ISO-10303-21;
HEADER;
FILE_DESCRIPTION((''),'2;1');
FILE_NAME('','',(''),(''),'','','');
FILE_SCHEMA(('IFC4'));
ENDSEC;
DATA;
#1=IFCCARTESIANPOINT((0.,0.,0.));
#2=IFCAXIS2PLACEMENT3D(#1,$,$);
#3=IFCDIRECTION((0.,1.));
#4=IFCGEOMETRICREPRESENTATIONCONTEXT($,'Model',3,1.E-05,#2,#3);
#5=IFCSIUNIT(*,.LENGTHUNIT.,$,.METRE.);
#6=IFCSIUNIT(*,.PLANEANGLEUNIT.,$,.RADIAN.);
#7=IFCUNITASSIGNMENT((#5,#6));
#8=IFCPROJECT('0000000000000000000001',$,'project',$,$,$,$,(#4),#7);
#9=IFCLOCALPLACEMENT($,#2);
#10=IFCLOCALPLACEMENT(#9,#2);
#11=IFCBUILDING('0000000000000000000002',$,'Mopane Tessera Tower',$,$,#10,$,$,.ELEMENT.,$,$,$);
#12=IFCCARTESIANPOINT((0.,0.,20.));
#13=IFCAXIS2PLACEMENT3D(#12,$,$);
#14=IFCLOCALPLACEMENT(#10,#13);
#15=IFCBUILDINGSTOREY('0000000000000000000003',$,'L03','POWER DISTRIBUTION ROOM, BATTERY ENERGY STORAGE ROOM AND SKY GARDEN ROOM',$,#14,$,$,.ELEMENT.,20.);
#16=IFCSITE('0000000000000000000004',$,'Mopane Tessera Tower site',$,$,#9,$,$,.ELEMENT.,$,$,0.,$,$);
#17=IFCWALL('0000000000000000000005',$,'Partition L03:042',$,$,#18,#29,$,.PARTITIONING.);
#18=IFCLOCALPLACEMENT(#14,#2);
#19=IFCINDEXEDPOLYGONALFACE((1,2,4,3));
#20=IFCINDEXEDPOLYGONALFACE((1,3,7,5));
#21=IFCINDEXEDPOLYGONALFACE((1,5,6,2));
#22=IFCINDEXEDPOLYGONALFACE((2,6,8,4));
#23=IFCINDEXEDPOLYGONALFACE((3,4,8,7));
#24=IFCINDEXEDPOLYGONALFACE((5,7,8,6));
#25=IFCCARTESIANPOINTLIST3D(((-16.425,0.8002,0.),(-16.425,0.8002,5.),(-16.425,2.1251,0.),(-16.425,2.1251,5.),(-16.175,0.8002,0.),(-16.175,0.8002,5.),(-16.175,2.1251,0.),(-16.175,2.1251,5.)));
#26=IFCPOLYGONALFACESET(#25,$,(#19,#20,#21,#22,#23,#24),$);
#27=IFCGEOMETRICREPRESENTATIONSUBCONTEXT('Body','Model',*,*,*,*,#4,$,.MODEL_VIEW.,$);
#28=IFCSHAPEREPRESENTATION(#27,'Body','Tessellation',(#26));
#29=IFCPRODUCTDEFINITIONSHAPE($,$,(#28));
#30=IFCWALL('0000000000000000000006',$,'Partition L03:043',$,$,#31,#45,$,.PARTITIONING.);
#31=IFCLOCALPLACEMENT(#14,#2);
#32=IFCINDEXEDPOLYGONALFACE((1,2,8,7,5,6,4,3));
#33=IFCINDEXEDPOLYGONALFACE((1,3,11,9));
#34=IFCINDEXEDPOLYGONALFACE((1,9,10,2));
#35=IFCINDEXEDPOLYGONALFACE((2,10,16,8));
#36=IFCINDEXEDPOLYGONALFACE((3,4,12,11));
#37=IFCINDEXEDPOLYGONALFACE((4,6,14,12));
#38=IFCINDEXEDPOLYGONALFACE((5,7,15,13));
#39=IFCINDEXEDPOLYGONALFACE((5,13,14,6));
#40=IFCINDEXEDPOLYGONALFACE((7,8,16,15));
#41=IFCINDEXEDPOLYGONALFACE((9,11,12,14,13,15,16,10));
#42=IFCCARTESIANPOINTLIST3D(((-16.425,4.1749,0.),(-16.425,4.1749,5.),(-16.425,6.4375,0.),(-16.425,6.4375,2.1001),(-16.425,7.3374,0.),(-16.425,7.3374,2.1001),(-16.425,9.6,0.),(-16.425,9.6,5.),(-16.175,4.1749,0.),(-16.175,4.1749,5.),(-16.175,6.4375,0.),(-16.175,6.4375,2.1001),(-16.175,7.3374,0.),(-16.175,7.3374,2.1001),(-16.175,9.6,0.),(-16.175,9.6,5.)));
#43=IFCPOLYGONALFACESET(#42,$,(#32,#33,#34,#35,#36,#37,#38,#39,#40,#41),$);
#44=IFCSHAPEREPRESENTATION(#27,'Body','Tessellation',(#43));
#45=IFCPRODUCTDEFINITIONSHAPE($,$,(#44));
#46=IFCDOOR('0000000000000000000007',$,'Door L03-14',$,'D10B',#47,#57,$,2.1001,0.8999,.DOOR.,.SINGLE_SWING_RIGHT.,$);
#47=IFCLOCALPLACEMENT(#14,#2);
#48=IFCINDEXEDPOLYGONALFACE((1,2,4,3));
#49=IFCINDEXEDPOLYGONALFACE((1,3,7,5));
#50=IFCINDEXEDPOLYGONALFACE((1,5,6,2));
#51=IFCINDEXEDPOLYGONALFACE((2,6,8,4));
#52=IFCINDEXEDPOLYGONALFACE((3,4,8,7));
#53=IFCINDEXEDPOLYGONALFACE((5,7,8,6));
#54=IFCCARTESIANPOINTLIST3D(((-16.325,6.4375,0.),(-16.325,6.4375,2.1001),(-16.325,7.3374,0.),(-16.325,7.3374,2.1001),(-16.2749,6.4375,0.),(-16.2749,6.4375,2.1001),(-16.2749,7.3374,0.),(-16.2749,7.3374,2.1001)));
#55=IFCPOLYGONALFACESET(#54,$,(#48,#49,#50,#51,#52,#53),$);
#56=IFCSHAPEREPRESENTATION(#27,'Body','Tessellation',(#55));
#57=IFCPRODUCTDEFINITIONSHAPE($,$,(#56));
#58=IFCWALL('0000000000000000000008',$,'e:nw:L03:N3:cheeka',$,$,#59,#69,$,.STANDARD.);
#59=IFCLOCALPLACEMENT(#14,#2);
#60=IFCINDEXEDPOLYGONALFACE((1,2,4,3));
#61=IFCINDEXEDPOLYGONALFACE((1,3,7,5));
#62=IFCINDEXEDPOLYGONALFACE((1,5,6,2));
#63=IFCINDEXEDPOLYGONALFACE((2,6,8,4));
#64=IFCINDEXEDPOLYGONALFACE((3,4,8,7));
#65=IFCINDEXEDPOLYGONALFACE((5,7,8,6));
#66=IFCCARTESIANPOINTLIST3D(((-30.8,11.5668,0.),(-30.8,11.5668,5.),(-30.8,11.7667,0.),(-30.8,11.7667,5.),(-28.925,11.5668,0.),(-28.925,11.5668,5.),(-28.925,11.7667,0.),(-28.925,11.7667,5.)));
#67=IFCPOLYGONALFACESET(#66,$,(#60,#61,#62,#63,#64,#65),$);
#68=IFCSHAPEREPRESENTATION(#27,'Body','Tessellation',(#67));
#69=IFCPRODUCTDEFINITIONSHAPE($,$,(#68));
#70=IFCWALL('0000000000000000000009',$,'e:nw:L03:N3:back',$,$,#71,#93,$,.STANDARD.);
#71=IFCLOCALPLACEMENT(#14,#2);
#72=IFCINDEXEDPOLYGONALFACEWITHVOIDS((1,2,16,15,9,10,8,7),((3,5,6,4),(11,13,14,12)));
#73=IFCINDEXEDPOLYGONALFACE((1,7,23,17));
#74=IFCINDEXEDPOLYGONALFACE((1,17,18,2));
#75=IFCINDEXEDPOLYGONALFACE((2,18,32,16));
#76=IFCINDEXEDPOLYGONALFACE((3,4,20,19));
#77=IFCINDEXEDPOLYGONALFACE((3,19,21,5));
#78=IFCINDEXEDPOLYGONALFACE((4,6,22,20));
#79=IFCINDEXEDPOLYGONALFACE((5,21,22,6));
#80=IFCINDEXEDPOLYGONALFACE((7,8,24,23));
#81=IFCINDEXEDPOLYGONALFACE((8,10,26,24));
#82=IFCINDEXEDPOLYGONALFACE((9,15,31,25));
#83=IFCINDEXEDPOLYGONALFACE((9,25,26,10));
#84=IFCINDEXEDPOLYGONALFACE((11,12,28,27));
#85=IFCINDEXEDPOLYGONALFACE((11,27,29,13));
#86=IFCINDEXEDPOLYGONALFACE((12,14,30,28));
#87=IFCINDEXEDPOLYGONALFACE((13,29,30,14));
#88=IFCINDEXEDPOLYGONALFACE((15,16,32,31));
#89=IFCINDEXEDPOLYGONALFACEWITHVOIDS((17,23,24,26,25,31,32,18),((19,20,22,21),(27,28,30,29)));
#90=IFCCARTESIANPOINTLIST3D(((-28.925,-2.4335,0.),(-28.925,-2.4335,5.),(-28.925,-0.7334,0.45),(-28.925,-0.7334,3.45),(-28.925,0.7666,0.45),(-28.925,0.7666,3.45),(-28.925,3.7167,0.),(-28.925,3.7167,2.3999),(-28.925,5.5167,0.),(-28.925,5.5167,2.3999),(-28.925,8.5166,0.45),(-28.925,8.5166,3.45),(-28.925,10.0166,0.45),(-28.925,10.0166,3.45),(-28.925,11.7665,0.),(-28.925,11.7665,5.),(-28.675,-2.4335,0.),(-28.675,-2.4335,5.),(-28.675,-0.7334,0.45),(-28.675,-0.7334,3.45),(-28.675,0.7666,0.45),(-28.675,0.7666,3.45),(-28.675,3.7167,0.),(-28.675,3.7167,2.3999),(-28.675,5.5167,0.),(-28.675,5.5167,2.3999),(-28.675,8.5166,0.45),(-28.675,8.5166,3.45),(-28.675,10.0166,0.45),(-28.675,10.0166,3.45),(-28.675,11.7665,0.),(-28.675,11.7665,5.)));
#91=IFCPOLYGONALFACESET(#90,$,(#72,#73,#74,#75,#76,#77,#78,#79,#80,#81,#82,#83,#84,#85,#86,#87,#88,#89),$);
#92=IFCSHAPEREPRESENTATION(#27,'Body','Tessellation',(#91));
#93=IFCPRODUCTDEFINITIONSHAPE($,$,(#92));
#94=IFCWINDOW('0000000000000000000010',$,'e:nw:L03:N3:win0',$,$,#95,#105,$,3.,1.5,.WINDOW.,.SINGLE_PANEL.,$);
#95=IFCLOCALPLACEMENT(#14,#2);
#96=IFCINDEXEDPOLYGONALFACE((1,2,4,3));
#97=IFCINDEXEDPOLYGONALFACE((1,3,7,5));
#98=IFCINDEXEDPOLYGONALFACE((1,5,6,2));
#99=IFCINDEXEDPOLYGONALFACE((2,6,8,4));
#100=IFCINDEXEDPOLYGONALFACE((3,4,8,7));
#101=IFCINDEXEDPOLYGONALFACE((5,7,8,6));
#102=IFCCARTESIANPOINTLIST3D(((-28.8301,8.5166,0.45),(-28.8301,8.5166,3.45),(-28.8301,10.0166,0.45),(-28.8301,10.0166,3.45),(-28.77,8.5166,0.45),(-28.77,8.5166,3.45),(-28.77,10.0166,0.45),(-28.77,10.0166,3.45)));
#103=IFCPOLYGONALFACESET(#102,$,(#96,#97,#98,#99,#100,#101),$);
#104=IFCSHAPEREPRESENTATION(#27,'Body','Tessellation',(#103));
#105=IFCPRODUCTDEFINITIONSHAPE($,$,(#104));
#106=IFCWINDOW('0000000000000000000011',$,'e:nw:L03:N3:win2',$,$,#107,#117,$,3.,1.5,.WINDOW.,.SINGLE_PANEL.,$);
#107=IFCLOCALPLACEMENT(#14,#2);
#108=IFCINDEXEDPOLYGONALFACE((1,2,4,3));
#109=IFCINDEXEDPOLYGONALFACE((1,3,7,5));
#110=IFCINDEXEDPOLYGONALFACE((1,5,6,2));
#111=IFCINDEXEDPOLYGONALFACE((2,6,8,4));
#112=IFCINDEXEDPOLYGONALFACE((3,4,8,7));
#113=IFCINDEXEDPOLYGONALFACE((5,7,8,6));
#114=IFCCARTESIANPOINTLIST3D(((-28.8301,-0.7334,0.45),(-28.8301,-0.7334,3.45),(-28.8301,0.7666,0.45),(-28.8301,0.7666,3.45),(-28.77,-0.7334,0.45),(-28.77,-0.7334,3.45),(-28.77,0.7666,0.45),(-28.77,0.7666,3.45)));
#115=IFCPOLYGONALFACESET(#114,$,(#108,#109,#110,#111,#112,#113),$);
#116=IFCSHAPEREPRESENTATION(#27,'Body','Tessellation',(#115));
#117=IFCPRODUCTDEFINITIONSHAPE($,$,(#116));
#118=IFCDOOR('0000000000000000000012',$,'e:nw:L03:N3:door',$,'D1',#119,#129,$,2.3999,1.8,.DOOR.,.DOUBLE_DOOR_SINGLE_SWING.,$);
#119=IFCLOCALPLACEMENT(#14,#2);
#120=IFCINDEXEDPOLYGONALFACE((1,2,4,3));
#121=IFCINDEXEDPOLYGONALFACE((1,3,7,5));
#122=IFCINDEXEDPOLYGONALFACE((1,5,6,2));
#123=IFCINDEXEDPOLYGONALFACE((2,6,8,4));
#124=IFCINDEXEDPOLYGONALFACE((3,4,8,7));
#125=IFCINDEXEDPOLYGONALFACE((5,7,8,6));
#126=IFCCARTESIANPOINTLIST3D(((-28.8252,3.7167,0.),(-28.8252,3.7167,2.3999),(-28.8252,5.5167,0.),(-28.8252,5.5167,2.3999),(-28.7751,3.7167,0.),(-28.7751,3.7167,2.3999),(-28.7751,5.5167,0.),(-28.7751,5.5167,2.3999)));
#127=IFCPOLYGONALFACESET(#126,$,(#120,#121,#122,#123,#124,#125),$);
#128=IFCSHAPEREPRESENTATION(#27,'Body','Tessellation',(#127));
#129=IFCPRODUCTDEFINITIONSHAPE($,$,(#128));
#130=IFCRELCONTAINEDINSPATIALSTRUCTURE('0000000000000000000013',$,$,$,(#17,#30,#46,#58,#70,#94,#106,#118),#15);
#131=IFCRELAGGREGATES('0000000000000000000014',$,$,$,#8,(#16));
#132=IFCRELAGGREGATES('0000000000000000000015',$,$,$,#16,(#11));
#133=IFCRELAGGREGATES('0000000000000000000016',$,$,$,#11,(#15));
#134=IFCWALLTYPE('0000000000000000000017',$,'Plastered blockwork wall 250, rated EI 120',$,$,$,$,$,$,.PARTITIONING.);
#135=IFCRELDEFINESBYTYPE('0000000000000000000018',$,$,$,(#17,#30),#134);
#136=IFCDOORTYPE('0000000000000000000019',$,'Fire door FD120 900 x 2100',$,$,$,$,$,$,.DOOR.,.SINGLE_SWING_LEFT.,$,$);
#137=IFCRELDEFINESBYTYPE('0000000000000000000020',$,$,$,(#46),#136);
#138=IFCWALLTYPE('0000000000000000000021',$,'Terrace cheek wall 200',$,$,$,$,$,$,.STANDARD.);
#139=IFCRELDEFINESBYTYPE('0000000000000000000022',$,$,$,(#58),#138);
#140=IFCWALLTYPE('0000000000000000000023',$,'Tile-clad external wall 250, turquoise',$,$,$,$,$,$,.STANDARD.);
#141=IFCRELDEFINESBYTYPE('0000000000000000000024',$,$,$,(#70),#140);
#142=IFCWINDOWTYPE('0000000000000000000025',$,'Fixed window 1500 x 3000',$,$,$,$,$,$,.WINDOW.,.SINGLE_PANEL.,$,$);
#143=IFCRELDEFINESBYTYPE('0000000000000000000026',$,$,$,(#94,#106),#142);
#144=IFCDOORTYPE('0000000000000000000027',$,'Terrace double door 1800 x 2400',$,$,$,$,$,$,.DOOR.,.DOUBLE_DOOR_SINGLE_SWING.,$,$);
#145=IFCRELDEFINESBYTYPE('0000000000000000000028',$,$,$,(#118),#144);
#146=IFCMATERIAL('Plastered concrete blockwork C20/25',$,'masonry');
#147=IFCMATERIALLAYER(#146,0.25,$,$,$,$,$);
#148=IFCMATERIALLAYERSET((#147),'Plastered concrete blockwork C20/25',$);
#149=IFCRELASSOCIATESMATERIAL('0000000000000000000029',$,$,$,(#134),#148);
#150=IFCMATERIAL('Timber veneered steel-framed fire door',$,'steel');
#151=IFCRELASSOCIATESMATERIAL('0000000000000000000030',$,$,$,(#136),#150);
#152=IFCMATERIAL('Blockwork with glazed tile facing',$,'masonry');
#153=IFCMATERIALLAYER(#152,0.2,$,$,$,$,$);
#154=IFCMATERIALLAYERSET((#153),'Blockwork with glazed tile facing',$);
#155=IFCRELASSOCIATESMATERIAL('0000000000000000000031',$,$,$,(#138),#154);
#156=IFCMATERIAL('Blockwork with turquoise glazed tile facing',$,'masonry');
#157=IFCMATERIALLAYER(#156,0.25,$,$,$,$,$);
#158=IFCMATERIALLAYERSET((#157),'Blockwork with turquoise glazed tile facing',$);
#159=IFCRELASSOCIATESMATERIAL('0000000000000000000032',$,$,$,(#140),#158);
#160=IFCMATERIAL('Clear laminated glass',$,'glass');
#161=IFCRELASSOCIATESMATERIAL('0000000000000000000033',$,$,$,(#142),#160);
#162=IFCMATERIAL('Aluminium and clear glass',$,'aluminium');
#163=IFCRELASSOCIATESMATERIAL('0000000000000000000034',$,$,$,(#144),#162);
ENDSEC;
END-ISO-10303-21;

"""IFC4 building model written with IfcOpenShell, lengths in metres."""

from ifc_helpers import new_model, si_unit, direction, frame, frame_2d, origin, place, context, subcontext, project, spatial, rectangle, extrude, material, layer, layer_set, type_object, element, fill, save


model = new_model("IFC4")

# Units and contexts
model_context = context("Model", 3, precision=1e-05, world=origin(), true_north=direction((0.0, 1.0)))
body_context = subcontext(model_context, "Body", "Model", "MODEL_VIEW")
ifc_project = project(units=[si_unit("LENGTHUNIT", "METRE"), si_unit("PLANEANGLEUNIT", "RADIAN")], contexts=[model_context])

# Site, building, storey
site_placement = place(None, origin())
site = spatial("IfcSite", under=ifc_project, at=site_placement, Name="Mopane Tessera Tower site", CompositionType="ELEMENT", RefElevation=0.0)
building_placement = place(site_placement, origin())
building = spatial("IfcBuilding", under=site, at=building_placement, Name="Mopane Tessera Tower", CompositionType="ELEMENT")
storey_placement = place(building_placement, frame((0.0, 0.0, 20.0)))
storey = spatial("IfcBuildingStorey", under=building, at=storey_placement, Name="L03", Description="POWER DISTRIBUTION ROOM, BATTERY ENERGY STORAGE ROOM AND SKY GARDEN ROOM", CompositionType="ELEMENT", Elevation=20.0)

# Shared definitions
ifc_material_1 = material(Name="Plastered concrete blockwork C20/25", Category="masonry")
ifc_layer_1 = layer(ifc_material_1, 0.25)
ifc_layer_set_1 = layer_set([ifc_layer_1], Name="Plastered concrete blockwork C20/25")
wall_type_1 = type_object("IfcWallType", Name="Plastered blockwork wall 250, rated EI 120", PredefinedType="PARTITIONING", material=ifc_layer_set_1)

# Wall
wall_1_placement = place(storey_placement, frame((-16.3, 0.8, 0.0), z_axis=(0.0, 0.0, 1.0), x_axis=(0.0, 1.0, 0.0)))
element("IfcWall", 1, at=wall_1_placement, inside=storey, type_object=wall_type_1, Name="Partition L03:042", PredefinedType="PARTITIONING", context=body_context, shape_type="SweptSolid", body=[
    extrude(rectangle(XDim=1.325, YDim=0.25, at=frame_2d((0.6626, 0.0))), origin(), (0.0, 0.0, 1.0), 5.0),
])

# Wall, opening, door
wall_2_placement = place(storey_placement, frame((-16.3, 4.175, 0.0), z_axis=(0.0, 0.0, 1.0), x_axis=(0.0, 1.0, 0.0)))
wall_2 = element("IfcWall", 2, at=wall_2_placement, inside=storey, type_object=wall_type_1, Name="Partition L03:043", PredefinedType="PARTITIONING", context=body_context, shape_type="SweptSolid", body=[
    extrude(rectangle(XDim=5.425, YDim=0.25, at=frame_2d((2.7124, 0.0))), origin(), (0.0, 0.0, 1.0), 5.0),
])
opening_1_placement = place(wall_2_placement, frame((2.2625, 0.0, 0.0)))
opening_1 = element("IfcOpeningElement", 3, at=opening_1_placement, cuts=wall_2, PredefinedType="OPENING", context=body_context, shape_type="SweptSolid", body=[
    extrude(rectangle(XDim=0.8999, YDim=2.1001, at=frame_2d((0.45, 1.05))), frame((0.0, 0.137, 0.0), z_axis=(0.0, -1.0, 0.0), x_axis=(1.0, 0.0, 0.0)), (0.0, 0.0, 1.0), 0.2739),
])
ifc_material_2 = material(Name="Timber veneered steel-framed fire door", Category="steel")
door_type_1 = type_object("IfcDoorType", Name="Fire door FD120 900 x 2100", OperationType="SINGLE_SWING_LEFT", PredefinedType="DOOR", material=ifc_material_2)
door_1_placement = place(opening_1_placement, origin())
door_1 = element("IfcDoor", 4, at=door_1_placement, inside=storey, type_object=door_type_1, Name="Door L03-14", ObjectType="D10B", OperationType="SINGLE_SWING_RIGHT", OverallHeight=2.1001, OverallWidth=0.8999, PredefinedType="DOOR", context=body_context, shape_type="SweptSolid", body=[
    extrude(rectangle(XDim=0.8999, YDim=2.1001, at=frame_2d((0.45, 1.05))), frame((0.0, 0.0249, 0.0), z_axis=(0.0, -1.0, 0.0), x_axis=(1.0, 0.0, 0.0)), (0.0, 0.0, 1.0), 0.05),
])
fill(opening_1, door_1)

# Wall
ifc_material_3 = material(Name="Blockwork with glazed tile facing", Category="masonry")
ifc_layer_2 = layer(ifc_material_3, 0.2)
ifc_layer_set_2 = layer_set([ifc_layer_2], Name="Blockwork with glazed tile facing")
wall_type_2 = type_object("IfcWallType", Name="Terrace cheek wall 200", PredefinedType="STANDARD", material=ifc_layer_set_2)
wall_3_placement = place(storey_placement, frame((-30.8, 11.6667, 0.0), z_axis=(0.0, 0.0, 1.0), x_axis=(1.0, 0.0, 0.0)))
element("IfcWall", 5, at=wall_3_placement, inside=storey, type_object=wall_type_2, Name="e:nw:L03:N3:cheeka", PredefinedType="STANDARD", context=body_context, shape_type="SweptSolid", body=[
    extrude(rectangle(XDim=1.875, YDim=0.2, at=frame_2d((0.9375, 0.0))), origin(), (0.0, 0.0, 1.0), 5.0),
])

# Wall, openings, windows, door
ifc_material_4 = material(Name="Blockwork with turquoise glazed tile facing", Category="masonry")
ifc_layer_3 = layer(ifc_material_4, 0.25)
ifc_layer_set_3 = layer_set([ifc_layer_3], Name="Blockwork with turquoise glazed tile facing")
wall_type_3 = type_object("IfcWallType", Name="Tile-clad external wall 250, turquoise", PredefinedType="STANDARD", material=ifc_layer_set_3)
wall_4_placement = place(storey_placement, frame((-28.8, 11.7666, 0.0), z_axis=(0.0, 0.0, 1.0), x_axis=(0.0, -1.0, 0.0)))
wall_4 = element("IfcWall", 6, at=wall_4_placement, inside=storey, type_object=wall_type_3, Name="e:nw:L03:N3:back", PredefinedType="STANDARD", context=body_context, shape_type="SweptSolid", body=[
    extrude(rectangle(XDim=14.2, YDim=0.25, at=frame_2d((7.1001, 0.0))), origin(), (0.0, 0.0, 1.0), 5.0),
])
opening_2_placement = place(wall_4_placement, frame((1.75, 0.0, 0.45)))
opening_2 = element("IfcOpeningElement", 7, at=opening_2_placement, cuts=wall_4, PredefinedType="OPENING", context=body_context, shape_type="SweptSolid", body=[
    extrude(rectangle(XDim=1.5, YDim=3.0, at=frame_2d((0.75, 1.5))), frame((0.0, 0.137, 0.0), z_axis=(0.0, -1.0, 0.0), x_axis=(1.0, 0.0, 0.0)), (0.0, 0.0, 1.0), 0.2739),
])
opening_3_placement = place(wall_4_placement, frame((6.25, 0.0, 0.0)))
opening_3 = element("IfcOpeningElement", 8, at=opening_3_placement, cuts=wall_4, PredefinedType="OPENING", context=body_context, shape_type="SweptSolid", body=[
    extrude(rectangle(XDim=1.8, YDim=2.3999, at=frame_2d((0.8999, 1.2))), frame((0.0, 0.137, 0.0), z_axis=(0.0, -1.0, 0.0), x_axis=(1.0, 0.0, 0.0)), (0.0, 0.0, 1.0), 0.2739),
])
opening_4_placement = place(wall_4_placement, frame((11.0, 0.0, 0.45)))
opening_4 = element("IfcOpeningElement", 9, at=opening_4_placement, cuts=wall_4, PredefinedType="OPENING", context=body_context, shape_type="SweptSolid", body=[
    extrude(rectangle(XDim=1.5, YDim=3.0, at=frame_2d((0.75, 1.5))), frame((0.0, 0.137, 0.0), z_axis=(0.0, -1.0, 0.0), x_axis=(1.0, 0.0, 0.0)), (0.0, 0.0, 1.0), 0.2739),
])
ifc_material_5 = material(Name="Clear laminated glass", Category="glass")
window_type = type_object("IfcWindowType", Name="Fixed window 1500 x 3000", PartitioningType="SINGLE_PANEL", PredefinedType="WINDOW", material=ifc_material_5)
window_1_placement = place(opening_2_placement, origin())
window_1 = element("IfcWindow", 10, at=window_1_placement, inside=storey, type_object=window_type, Name="e:nw:L03:N3:win0", OverallHeight=3.0, OverallWidth=1.5, PartitioningType="SINGLE_PANEL", PredefinedType="WINDOW", context=body_context, shape_type="SweptSolid", body=[
    extrude(rectangle(XDim=1.5, YDim=3.0, at=frame_2d((0.75, 1.5))), frame((0.0, 0.03, 0.0), z_axis=(0.0, -1.0, 0.0), x_axis=(1.0, 0.0, 0.0)), (0.0, 0.0, 1.0), 0.0601),
])
fill(opening_2, window_1)
window_2_placement = place(opening_4_placement, origin())
window_2 = element("IfcWindow", 11, at=window_2_placement, inside=storey, type_object=window_type, Name="e:nw:L03:N3:win2", OverallHeight=3.0, OverallWidth=1.5, PartitioningType="SINGLE_PANEL", PredefinedType="WINDOW", context=body_context, shape_type="SweptSolid", body=[
    extrude(rectangle(XDim=1.5, YDim=3.0, at=frame_2d((0.75, 1.5))), frame((0.0, 0.03, 0.0), z_axis=(0.0, -1.0, 0.0), x_axis=(1.0, 0.0, 0.0)), (0.0, 0.0, 1.0), 0.0601),
])
fill(opening_4, window_2)
ifc_material_6 = material(Name="Aluminium and clear glass", Category="aluminium")
door_type_2 = type_object("IfcDoorType", Name="Terrace double door 1800 x 2400", OperationType="DOUBLE_DOOR_SINGLE_SWING", PredefinedType="DOOR", material=ifc_material_6)
door_2_placement = place(opening_3_placement, origin())
door_2 = element("IfcDoor", 12, at=door_2_placement, inside=storey, type_object=door_type_2, Name="e:nw:L03:N3:door", ObjectType="D1", OperationType="DOUBLE_DOOR_SINGLE_SWING", OverallHeight=2.3999, OverallWidth=1.8, PredefinedType="DOOR", context=body_context, shape_type="SweptSolid", body=[
    extrude(rectangle(XDim=1.8, YDim=2.3999, at=frame_2d((0.8999, 1.2))), frame((0.0, 0.0249, 0.0), z_axis=(0.0, -1.0, 0.0), x_axis=(1.0, 0.0, 0.0)), (0.0, 0.0, 1.0), 0.05),
])
fill(opening_3, door_2)

save(model, "model.ifc")
